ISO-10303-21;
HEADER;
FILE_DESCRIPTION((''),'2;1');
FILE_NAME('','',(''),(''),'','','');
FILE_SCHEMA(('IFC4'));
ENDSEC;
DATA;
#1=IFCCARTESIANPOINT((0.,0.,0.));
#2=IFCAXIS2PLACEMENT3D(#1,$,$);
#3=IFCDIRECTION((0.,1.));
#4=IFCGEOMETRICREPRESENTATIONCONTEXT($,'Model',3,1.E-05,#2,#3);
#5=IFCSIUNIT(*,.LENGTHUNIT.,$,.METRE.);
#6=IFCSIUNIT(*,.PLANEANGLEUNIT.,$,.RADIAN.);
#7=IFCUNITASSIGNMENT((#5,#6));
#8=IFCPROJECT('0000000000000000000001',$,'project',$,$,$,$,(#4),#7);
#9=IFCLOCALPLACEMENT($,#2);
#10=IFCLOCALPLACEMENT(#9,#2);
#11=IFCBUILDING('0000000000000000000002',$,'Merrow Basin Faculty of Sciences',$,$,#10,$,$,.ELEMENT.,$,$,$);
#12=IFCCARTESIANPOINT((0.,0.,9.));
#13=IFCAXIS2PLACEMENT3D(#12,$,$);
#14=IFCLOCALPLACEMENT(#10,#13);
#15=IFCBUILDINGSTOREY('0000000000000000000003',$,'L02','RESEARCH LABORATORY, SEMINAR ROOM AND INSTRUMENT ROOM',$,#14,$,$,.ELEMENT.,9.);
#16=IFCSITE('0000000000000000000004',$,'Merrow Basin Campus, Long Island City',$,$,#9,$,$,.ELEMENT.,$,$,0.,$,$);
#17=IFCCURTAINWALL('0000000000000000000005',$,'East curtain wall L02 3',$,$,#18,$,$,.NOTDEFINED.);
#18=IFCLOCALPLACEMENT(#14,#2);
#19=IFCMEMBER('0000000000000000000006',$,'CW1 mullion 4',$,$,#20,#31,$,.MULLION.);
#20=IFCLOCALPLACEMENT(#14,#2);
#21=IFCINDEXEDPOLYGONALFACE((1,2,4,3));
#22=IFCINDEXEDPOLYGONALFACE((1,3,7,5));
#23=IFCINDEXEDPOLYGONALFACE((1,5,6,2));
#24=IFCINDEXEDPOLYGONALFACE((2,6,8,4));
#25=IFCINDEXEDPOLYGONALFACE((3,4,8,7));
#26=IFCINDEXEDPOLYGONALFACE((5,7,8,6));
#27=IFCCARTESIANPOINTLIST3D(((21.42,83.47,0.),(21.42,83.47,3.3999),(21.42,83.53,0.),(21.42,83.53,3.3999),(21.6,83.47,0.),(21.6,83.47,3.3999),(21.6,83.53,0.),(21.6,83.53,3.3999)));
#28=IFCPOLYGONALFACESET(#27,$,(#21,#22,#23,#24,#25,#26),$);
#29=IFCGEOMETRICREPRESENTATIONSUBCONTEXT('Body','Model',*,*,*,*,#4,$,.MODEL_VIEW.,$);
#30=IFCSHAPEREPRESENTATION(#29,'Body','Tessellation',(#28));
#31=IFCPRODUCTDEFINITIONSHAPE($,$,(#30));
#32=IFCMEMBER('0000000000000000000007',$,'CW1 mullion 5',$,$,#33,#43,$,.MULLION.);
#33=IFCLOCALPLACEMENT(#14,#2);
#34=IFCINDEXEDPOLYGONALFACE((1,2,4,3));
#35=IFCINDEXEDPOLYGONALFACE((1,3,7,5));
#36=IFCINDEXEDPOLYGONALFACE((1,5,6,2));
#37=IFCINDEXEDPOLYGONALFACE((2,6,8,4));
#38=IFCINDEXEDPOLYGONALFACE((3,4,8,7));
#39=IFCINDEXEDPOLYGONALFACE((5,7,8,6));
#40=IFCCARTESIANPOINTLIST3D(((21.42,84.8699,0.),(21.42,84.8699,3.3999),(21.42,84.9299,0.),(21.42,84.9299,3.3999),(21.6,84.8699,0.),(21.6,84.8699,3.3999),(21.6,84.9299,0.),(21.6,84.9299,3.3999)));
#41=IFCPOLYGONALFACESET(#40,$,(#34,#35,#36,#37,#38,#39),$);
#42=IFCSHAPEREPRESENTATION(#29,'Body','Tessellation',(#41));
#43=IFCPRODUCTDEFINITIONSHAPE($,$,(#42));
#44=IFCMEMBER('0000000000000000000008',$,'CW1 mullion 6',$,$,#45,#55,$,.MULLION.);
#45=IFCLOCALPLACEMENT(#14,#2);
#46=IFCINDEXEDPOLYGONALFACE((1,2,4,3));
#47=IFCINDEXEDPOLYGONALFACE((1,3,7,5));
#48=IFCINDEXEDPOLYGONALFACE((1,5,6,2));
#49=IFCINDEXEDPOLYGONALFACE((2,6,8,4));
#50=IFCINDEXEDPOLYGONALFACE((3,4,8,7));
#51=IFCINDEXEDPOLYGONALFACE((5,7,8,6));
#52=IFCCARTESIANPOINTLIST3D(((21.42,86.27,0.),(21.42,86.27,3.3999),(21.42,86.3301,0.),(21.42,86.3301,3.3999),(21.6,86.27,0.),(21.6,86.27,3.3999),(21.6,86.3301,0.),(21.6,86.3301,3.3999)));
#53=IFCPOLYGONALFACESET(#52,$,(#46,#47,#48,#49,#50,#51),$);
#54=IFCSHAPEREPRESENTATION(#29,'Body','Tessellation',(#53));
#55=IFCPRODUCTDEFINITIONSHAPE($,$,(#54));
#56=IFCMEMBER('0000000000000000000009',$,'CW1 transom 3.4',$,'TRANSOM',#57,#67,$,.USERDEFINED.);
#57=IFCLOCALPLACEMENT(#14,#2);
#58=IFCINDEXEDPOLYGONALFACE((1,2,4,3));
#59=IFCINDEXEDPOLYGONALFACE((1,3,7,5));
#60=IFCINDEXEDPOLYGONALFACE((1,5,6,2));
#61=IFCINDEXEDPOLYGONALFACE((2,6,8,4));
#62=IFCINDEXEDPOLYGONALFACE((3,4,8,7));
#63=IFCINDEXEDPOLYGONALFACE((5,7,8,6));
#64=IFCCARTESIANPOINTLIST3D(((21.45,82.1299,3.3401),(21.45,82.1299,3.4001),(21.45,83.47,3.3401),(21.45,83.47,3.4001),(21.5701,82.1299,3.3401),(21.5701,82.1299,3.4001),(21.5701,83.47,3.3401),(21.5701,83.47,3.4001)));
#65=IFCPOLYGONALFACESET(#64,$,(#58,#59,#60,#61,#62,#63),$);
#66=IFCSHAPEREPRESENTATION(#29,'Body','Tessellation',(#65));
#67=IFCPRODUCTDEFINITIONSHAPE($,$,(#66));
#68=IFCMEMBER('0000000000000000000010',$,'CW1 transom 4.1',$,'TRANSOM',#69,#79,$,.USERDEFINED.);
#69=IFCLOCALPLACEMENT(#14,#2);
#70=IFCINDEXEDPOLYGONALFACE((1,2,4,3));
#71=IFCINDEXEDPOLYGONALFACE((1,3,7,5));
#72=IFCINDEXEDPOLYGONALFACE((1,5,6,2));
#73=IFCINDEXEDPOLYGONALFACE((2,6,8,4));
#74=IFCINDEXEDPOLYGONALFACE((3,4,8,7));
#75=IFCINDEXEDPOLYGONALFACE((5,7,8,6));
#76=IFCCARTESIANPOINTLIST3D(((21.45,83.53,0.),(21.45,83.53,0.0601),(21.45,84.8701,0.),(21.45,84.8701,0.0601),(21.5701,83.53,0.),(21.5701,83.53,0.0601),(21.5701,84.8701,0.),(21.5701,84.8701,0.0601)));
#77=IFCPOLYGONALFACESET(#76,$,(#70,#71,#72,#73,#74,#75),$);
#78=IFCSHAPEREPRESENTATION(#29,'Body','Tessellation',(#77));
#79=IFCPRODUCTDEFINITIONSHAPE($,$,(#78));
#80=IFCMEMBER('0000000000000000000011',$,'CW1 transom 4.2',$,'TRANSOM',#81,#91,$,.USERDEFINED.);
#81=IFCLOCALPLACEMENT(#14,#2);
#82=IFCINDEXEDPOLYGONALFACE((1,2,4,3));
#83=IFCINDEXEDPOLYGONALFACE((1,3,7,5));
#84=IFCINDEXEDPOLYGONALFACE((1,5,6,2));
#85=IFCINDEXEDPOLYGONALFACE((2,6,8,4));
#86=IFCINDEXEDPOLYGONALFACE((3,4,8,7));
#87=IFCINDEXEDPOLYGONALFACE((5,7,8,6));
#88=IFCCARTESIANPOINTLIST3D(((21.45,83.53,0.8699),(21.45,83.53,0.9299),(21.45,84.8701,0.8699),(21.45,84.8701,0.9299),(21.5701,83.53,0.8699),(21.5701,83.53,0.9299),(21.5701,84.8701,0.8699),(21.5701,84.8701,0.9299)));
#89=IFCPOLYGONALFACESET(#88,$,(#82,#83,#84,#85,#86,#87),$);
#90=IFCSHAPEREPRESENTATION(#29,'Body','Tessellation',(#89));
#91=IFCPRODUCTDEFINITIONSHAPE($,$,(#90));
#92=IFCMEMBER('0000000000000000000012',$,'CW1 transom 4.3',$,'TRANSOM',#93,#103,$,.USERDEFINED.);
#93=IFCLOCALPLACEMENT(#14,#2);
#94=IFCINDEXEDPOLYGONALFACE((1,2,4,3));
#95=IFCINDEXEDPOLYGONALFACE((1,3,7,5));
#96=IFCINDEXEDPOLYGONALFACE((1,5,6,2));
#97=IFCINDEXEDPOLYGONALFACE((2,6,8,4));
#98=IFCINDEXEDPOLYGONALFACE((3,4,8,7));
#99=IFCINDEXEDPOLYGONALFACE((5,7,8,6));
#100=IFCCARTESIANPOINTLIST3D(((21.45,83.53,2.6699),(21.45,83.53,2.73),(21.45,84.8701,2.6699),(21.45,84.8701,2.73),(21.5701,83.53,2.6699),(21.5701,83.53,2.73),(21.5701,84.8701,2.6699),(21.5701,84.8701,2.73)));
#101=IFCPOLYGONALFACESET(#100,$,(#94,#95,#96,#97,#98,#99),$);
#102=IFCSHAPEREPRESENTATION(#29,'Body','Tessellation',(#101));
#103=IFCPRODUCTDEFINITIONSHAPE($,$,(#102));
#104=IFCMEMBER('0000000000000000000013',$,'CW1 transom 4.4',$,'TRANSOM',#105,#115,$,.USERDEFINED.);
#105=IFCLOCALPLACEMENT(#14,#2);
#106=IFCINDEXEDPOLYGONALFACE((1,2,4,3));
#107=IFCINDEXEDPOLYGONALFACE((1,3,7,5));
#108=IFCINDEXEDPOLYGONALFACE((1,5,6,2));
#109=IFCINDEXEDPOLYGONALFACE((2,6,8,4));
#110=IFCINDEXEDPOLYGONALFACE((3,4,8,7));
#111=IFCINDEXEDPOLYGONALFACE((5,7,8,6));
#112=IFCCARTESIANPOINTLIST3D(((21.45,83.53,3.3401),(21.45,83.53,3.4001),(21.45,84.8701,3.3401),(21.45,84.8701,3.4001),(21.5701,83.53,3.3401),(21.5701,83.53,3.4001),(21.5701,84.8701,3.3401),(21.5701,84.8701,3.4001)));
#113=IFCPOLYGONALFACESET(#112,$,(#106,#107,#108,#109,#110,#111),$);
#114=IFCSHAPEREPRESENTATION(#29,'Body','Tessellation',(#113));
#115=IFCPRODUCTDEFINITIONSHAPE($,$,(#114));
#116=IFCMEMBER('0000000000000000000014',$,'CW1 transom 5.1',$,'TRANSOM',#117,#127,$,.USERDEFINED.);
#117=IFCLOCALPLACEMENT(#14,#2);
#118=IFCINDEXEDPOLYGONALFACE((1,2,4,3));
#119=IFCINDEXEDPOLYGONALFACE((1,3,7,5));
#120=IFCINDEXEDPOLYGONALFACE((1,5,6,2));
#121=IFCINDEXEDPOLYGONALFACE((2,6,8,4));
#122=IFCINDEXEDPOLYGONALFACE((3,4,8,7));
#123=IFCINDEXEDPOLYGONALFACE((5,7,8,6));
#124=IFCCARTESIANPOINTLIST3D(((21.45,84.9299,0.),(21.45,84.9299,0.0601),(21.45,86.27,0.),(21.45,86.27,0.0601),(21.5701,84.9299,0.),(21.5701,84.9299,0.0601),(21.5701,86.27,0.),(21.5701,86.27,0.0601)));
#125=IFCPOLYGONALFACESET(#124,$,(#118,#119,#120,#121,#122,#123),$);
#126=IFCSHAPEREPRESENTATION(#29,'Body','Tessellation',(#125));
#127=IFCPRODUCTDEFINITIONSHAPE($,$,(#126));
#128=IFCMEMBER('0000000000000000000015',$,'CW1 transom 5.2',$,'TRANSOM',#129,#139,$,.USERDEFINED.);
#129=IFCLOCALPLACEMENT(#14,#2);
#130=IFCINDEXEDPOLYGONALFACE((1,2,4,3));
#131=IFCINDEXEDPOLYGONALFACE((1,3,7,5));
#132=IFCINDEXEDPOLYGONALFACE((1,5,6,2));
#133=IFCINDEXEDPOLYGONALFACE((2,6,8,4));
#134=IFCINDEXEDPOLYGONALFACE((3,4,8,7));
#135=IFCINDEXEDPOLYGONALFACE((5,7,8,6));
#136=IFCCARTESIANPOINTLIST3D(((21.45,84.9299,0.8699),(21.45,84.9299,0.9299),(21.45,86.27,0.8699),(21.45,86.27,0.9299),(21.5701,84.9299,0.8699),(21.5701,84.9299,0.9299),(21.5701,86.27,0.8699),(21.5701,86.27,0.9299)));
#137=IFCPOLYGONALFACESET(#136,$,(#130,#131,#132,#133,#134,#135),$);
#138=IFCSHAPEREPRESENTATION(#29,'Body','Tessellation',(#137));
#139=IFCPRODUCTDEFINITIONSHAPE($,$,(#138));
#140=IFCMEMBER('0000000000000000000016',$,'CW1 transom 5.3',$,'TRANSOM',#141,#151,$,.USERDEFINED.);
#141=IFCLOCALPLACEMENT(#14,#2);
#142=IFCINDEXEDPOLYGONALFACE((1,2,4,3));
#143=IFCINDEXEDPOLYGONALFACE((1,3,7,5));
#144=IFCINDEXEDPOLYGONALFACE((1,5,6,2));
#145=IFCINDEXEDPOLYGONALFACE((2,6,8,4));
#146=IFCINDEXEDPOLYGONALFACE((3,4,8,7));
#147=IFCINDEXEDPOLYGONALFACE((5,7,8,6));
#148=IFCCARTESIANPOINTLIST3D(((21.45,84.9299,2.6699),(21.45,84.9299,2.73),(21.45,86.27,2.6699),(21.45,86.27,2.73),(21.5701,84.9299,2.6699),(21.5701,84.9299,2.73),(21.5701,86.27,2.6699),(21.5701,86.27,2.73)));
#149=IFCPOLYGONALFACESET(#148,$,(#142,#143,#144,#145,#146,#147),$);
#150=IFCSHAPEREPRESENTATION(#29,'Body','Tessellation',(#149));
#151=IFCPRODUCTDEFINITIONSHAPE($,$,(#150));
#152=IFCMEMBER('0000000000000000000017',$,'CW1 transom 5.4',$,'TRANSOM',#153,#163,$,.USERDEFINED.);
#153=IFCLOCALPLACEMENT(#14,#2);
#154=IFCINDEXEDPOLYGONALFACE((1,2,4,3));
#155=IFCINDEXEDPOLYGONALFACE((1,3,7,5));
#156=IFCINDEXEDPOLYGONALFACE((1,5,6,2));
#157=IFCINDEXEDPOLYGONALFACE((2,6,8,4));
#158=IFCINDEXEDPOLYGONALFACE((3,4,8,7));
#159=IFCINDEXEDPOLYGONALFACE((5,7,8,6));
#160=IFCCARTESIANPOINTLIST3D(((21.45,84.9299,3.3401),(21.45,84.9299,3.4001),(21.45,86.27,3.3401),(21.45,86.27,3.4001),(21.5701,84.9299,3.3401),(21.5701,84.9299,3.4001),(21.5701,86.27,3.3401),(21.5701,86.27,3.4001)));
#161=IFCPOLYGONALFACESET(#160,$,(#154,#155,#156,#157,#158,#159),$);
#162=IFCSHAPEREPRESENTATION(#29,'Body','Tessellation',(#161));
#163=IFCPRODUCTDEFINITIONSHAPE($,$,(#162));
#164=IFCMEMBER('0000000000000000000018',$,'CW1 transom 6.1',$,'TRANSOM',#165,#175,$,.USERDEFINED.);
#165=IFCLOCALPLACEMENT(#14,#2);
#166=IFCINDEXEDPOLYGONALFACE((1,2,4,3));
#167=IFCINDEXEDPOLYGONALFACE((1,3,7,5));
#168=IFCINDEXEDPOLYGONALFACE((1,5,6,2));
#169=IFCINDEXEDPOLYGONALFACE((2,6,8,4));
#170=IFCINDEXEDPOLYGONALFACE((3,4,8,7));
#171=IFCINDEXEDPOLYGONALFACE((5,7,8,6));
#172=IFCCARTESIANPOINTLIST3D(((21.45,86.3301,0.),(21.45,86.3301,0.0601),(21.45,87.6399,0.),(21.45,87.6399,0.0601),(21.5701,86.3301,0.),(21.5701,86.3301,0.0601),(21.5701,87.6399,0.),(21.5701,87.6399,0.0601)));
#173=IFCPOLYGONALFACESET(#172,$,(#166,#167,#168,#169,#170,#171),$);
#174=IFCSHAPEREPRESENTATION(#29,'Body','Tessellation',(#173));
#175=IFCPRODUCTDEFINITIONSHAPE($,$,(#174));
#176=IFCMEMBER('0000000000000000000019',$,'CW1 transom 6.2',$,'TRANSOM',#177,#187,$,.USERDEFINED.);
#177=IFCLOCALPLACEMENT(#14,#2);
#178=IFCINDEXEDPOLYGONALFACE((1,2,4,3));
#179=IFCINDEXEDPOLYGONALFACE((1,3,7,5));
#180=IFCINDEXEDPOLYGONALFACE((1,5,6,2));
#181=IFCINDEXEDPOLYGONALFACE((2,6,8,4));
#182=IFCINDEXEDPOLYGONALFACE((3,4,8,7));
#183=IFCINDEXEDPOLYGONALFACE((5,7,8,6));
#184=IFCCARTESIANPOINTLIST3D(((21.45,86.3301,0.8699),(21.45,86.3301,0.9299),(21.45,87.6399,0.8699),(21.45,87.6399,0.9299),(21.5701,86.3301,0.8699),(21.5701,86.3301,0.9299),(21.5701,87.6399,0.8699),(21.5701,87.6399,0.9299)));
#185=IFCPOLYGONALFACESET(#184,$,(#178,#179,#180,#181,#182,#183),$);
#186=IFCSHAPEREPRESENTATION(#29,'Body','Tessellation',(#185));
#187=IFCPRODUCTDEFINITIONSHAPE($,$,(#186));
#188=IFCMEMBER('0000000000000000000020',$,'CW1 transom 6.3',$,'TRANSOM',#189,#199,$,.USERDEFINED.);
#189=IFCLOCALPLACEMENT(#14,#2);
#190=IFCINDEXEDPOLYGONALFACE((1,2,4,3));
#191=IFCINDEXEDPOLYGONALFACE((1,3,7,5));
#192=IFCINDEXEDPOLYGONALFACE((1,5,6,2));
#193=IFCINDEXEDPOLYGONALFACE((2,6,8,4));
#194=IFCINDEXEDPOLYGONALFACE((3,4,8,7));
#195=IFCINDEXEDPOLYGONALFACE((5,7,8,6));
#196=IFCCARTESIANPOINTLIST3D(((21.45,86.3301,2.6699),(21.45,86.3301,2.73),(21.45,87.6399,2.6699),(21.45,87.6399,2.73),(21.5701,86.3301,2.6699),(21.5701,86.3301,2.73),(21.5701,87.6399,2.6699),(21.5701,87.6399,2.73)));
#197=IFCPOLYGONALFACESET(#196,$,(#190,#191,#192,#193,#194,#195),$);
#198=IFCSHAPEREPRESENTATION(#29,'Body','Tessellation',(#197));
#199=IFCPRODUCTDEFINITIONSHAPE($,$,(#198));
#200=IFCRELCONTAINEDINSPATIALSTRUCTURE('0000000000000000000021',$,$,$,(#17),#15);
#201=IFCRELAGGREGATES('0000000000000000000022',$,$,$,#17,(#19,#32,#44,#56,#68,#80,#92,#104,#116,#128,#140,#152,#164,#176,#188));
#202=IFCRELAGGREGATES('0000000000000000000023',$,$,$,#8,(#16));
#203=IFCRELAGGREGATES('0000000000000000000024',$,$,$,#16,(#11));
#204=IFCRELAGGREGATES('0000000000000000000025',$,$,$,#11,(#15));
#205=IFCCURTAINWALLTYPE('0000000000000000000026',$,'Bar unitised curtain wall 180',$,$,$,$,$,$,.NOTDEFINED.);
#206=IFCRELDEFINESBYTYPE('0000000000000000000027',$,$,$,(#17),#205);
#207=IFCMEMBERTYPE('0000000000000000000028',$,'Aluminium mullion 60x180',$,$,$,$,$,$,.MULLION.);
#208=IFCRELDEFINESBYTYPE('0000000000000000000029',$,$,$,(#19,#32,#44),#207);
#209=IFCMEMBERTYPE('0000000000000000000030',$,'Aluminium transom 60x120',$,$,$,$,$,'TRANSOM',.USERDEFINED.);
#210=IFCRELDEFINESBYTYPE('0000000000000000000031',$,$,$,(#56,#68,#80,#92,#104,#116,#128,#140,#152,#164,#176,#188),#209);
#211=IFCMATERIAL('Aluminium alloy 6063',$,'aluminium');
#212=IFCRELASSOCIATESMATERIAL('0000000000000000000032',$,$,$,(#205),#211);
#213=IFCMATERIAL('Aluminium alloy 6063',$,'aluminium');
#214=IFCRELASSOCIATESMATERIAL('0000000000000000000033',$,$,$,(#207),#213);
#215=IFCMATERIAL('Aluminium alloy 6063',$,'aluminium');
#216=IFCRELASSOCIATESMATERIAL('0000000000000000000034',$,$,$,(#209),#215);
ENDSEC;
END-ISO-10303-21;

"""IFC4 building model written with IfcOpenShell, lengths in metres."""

from ifc_helpers import new_model, si_unit, direction, frame, origin, origin_2d, place, context, subcontext, project, spatial, rectangle, extrude, material, material_profile, profile_set, type_object, element, aggregate, save


model = new_model("IFC4")

# Units and contexts
model_context = context("Model", 3, precision=1e-05, world=origin(), true_north=direction((0.0, 1.0)))
body_context = subcontext(model_context, "Body", "Model", "MODEL_VIEW")
ifc_project = project(units=[si_unit("LENGTHUNIT", "METRE"), si_unit("PLANEANGLEUNIT", "RADIAN")], contexts=[model_context])

# Site, building, storey
site_placement = place(None, origin())
site = spatial("IfcSite", under=ifc_project, at=site_placement, Name="Merrow Basin Campus, Long Island City", CompositionType="ELEMENT", RefElevation=0.0)
building_placement = place(site_placement, origin())
building = spatial("IfcBuilding", under=site, at=building_placement, Name="Merrow Basin Faculty of Sciences", CompositionType="ELEMENT")
storey_placement = place(building_placement, frame((0.0, 0.0, 9.0)))
storey = spatial("IfcBuildingStorey", under=building, at=storey_placement, Name="L02", Description="RESEARCH LABORATORY, SEMINAR ROOM AND INSTRUMENT ROOM", CompositionType="ELEMENT", Elevation=9.0)

# Curtain wall, members
ifc_material_1 = material(Name="Aluminium alloy 6063", Category="aluminium")
curtain_wall_type = type_object("IfcCurtainWallType", Name="Bar unitised curtain wall 180", PredefinedType="NOTDEFINED", material=ifc_material_1)
curtain_wall_placement = place(storey_placement, origin())
curtain_wall = element("IfcCurtainWall", 1, at=curtain_wall_placement, inside=storey, type_object=curtain_wall_type, Name="East curtain wall L02 3", PredefinedType="NOTDEFINED")
ifc_material_2 = material(Name="Aluminium alloy 6063", Category="aluminium")
ifc_material_profile_1 = material_profile(ifc_material_2, rectangle(XDim=0.1799, YDim=0.0601, at=origin_2d()))
ifc_profile_set_1 = profile_set([ifc_material_profile_1], Name="Aluminium alloy 6063")
member_type_1 = type_object("IfcMemberType", Name="Aluminium mullion 60x180", PredefinedType="MULLION", material=ifc_profile_set_1)
member_1_placement = place(storey_placement, frame((21.51, 83.5, 0.0), z_axis=(0.0, 0.0, 1.0), x_axis=(-1.0, 0.0, 0.0)))
member_1 = element("IfcMember", 2, at=member_1_placement, type_object=member_type_1, Name="CW1 mullion 4", PredefinedType="MULLION", context=body_context, shape_type="SweptSolid", body=[
    extrude(rectangle(XDim=0.1799, YDim=0.0601, at=origin_2d()), origin(), (0.0, 0.0, 1.0), 3.3999),
])
member_2_placement = place(storey_placement, frame((21.51, 84.8999, 0.0), z_axis=(0.0, 0.0, 1.0), x_axis=(-1.0, 0.0, 0.0)))
member_2 = element("IfcMember", 3, at=member_2_placement, type_object=member_type_1, Name="CW1 mullion 5", PredefinedType="MULLION", context=body_context, shape_type="SweptSolid", body=[
    extrude(rectangle(XDim=0.1799, YDim=0.0601, at=origin_2d()), origin(), (0.0, 0.0, 1.0), 3.3999),
])
member_3_placement = place(storey_placement, frame((21.51, 86.3, 0.0), z_axis=(0.0, 0.0, 1.0), x_axis=(-1.0, 0.0, 0.0)))
member_3 = element("IfcMember", 4, at=member_3_placement, type_object=member_type_1, Name="CW1 mullion 6", PredefinedType="MULLION", context=body_context, shape_type="SweptSolid", body=[
    extrude(rectangle(XDim=0.1799, YDim=0.0601, at=origin_2d()), origin(), (0.0, 0.0, 1.0), 3.3999),
])
ifc_material_3 = material(Name="Aluminium alloy 6063", Category="aluminium")
ifc_material_profile_2 = material_profile(ifc_material_3, rectangle(XDim=0.1201, YDim=0.0601, at=origin_2d()))
ifc_profile_set_2 = profile_set([ifc_material_profile_2], Name="Aluminium alloy 6063")
member_type_2 = type_object("IfcMemberType", Name="Aluminium transom 60x120", ElementType="TRANSOM", PredefinedType="USERDEFINED", material=ifc_profile_set_2)
member_4_placement = place(storey_placement, frame((21.51, 82.1299, 3.3701), z_axis=(0.0, 1.0, 0.0), x_axis=(-1.0, 0.0, 0.0)))
member_4 = element("IfcMember", 5, at=member_4_placement, type_object=member_type_2, Name="CW1 transom 3.4", ObjectType="TRANSOM", PredefinedType="USERDEFINED", context=body_context, shape_type="SweptSolid", body=[
    extrude(rectangle(XDim=0.1201, YDim=0.0601, at=origin_2d()), origin(), (0.0, 0.0, 1.0), 1.3401),
])
member_5_placement = place(storey_placement, frame((21.51, 83.53, 0.03), z_axis=(0.0, 1.0, 0.0), x_axis=(-1.0, 0.0, 0.0)))
member_5 = element("IfcMember", 6, at=member_5_placement, type_object=member_type_2, Name="CW1 transom 4.1", ObjectType="TRANSOM", PredefinedType="USERDEFINED", context=body_context, shape_type="SweptSolid", body=[
    extrude(rectangle(XDim=0.1201, YDim=0.0601, at=origin_2d()), origin(), (0.0, 0.0, 1.0), 1.3401),
])
member_6_placement = place(storey_placement, frame((21.51, 83.53, 0.8999), z_axis=(0.0, 1.0, 0.0), x_axis=(-1.0, 0.0, 0.0)))
member_6 = element("IfcMember", 7, at=member_6_placement, type_object=member_type_2, Name="CW1 transom 4.2", ObjectType="TRANSOM", PredefinedType="USERDEFINED", context=body_context, shape_type="SweptSolid", body=[
    extrude(rectangle(XDim=0.1201, YDim=0.0601, at=origin_2d()), origin(), (0.0, 0.0, 1.0), 1.3401),
])
member_7_placement = place(storey_placement, frame((21.51, 83.53, 2.7), z_axis=(0.0, 1.0, 0.0), x_axis=(-1.0, 0.0, 0.0)))
member_7 = element("IfcMember", 8, at=member_7_placement, type_object=member_type_2, Name="CW1 transom 4.3", ObjectType="TRANSOM", PredefinedType="USERDEFINED", context=body_context, shape_type="SweptSolid", body=[
    extrude(rectangle(XDim=0.1201, YDim=0.0601, at=origin_2d()), origin(), (0.0, 0.0, 1.0), 1.3401),
])
member_8_placement = place(storey_placement, frame((21.51, 83.53, 3.3701), z_axis=(0.0, 1.0, 0.0), x_axis=(-1.0, 0.0, 0.0)))
member_8 = element("IfcMember", 9, at=member_8_placement, type_object=member_type_2, Name="CW1 transom 4.4", ObjectType="TRANSOM", PredefinedType="USERDEFINED", context=body_context, shape_type="SweptSolid", body=[
    extrude(rectangle(XDim=0.1201, YDim=0.0601, at=origin_2d()), origin(), (0.0, 0.0, 1.0), 1.3401),
])
member_9_placement = place(storey_placement, frame((21.51, 84.9299, 0.03), z_axis=(0.0, 1.0, 0.0), x_axis=(-1.0, 0.0, 0.0)))
member_9 = element("IfcMember", 10, at=member_9_placement, type_object=member_type_2, Name="CW1 transom 5.1", ObjectType="TRANSOM", PredefinedType="USERDEFINED", context=body_context, shape_type="SweptSolid", body=[
    extrude(rectangle(XDim=0.1201, YDim=0.0601, at=origin_2d()), origin(), (0.0, 0.0, 1.0), 1.3401),
])
member_10_placement = place(storey_placement, frame((21.51, 84.9299, 0.8999), z_axis=(0.0, 1.0, 0.0), x_axis=(-1.0, 0.0, 0.0)))
member_10 = element("IfcMember", 11, at=member_10_placement, type_object=member_type_2, Name="CW1 transom 5.2", ObjectType="TRANSOM", PredefinedType="USERDEFINED", context=body_context, shape_type="SweptSolid", body=[
    extrude(rectangle(XDim=0.1201, YDim=0.0601, at=origin_2d()), origin(), (0.0, 0.0, 1.0), 1.3401),
])
member_11_placement = place(storey_placement, frame((21.51, 84.9299, 2.7), z_axis=(0.0, 1.0, 0.0), x_axis=(-1.0, 0.0, 0.0)))
member_11 = element("IfcMember", 12, at=member_11_placement, type_object=member_type_2, Name="CW1 transom 5.3", ObjectType="TRANSOM", PredefinedType="USERDEFINED", context=body_context, shape_type="SweptSolid", body=[
    extrude(rectangle(XDim=0.1201, YDim=0.0601, at=origin_2d()), origin(), (0.0, 0.0, 1.0), 1.3401),
])
member_12_placement = place(storey_placement, frame((21.51, 84.9299, 3.3701), z_axis=(0.0, 1.0, 0.0), x_axis=(-1.0, 0.0, 0.0)))
member_12 = element("IfcMember", 13, at=member_12_placement, type_object=member_type_2, Name="CW1 transom 5.4", ObjectType="TRANSOM", PredefinedType="USERDEFINED", context=body_context, shape_type="SweptSolid", body=[
    extrude(rectangle(XDim=0.1201, YDim=0.0601, at=origin_2d()), origin(), (0.0, 0.0, 1.0), 1.3401),
])
member_13_placement = place(storey_placement, frame((21.51, 86.3301, 0.03), z_axis=(0.0, 1.0, 0.0), x_axis=(-1.0, 0.0, 0.0)))
member_13 = element("IfcMember", 14, at=member_13_placement, type_object=member_type_2, Name="CW1 transom 6.1", ObjectType="TRANSOM", PredefinedType="USERDEFINED", context=body_context, shape_type="SweptSolid", body=[
    extrude(rectangle(XDim=0.1201, YDim=0.0601, at=origin_2d()), origin(), (0.0, 0.0, 1.0), 1.3098),
])
member_14_placement = place(storey_placement, frame((21.51, 86.3301, 0.8999), z_axis=(0.0, 1.0, 0.0), x_axis=(-1.0, 0.0, 0.0)))
member_14 = element("IfcMember", 15, at=member_14_placement, type_object=member_type_2, Name="CW1 transom 6.2", ObjectType="TRANSOM", PredefinedType="USERDEFINED", context=body_context, shape_type="SweptSolid", body=[
    extrude(rectangle(XDim=0.1201, YDim=0.0601, at=origin_2d()), origin(), (0.0, 0.0, 1.0), 1.3098),
])
member_15_placement = place(storey_placement, frame((21.51, 86.3301, 2.7), z_axis=(0.0, 1.0, 0.0), x_axis=(-1.0, 0.0, 0.0)))
member_15 = element("IfcMember", 16, at=member_15_placement, type_object=member_type_2, Name="CW1 transom 6.3", ObjectType="TRANSOM", PredefinedType="USERDEFINED", context=body_context, shape_type="SweptSolid", body=[
    extrude(rectangle(XDim=0.1201, YDim=0.0601, at=origin_2d()), origin(), (0.0, 0.0, 1.0), 1.3098),
])
aggregate(curtain_wall, [member_1, member_2, member_3, member_4, member_5, member_6, member_7, member_8, member_9, member_10, member_11, member_12, member_13, member_14, member_15])

save(model, "model.ifc")
